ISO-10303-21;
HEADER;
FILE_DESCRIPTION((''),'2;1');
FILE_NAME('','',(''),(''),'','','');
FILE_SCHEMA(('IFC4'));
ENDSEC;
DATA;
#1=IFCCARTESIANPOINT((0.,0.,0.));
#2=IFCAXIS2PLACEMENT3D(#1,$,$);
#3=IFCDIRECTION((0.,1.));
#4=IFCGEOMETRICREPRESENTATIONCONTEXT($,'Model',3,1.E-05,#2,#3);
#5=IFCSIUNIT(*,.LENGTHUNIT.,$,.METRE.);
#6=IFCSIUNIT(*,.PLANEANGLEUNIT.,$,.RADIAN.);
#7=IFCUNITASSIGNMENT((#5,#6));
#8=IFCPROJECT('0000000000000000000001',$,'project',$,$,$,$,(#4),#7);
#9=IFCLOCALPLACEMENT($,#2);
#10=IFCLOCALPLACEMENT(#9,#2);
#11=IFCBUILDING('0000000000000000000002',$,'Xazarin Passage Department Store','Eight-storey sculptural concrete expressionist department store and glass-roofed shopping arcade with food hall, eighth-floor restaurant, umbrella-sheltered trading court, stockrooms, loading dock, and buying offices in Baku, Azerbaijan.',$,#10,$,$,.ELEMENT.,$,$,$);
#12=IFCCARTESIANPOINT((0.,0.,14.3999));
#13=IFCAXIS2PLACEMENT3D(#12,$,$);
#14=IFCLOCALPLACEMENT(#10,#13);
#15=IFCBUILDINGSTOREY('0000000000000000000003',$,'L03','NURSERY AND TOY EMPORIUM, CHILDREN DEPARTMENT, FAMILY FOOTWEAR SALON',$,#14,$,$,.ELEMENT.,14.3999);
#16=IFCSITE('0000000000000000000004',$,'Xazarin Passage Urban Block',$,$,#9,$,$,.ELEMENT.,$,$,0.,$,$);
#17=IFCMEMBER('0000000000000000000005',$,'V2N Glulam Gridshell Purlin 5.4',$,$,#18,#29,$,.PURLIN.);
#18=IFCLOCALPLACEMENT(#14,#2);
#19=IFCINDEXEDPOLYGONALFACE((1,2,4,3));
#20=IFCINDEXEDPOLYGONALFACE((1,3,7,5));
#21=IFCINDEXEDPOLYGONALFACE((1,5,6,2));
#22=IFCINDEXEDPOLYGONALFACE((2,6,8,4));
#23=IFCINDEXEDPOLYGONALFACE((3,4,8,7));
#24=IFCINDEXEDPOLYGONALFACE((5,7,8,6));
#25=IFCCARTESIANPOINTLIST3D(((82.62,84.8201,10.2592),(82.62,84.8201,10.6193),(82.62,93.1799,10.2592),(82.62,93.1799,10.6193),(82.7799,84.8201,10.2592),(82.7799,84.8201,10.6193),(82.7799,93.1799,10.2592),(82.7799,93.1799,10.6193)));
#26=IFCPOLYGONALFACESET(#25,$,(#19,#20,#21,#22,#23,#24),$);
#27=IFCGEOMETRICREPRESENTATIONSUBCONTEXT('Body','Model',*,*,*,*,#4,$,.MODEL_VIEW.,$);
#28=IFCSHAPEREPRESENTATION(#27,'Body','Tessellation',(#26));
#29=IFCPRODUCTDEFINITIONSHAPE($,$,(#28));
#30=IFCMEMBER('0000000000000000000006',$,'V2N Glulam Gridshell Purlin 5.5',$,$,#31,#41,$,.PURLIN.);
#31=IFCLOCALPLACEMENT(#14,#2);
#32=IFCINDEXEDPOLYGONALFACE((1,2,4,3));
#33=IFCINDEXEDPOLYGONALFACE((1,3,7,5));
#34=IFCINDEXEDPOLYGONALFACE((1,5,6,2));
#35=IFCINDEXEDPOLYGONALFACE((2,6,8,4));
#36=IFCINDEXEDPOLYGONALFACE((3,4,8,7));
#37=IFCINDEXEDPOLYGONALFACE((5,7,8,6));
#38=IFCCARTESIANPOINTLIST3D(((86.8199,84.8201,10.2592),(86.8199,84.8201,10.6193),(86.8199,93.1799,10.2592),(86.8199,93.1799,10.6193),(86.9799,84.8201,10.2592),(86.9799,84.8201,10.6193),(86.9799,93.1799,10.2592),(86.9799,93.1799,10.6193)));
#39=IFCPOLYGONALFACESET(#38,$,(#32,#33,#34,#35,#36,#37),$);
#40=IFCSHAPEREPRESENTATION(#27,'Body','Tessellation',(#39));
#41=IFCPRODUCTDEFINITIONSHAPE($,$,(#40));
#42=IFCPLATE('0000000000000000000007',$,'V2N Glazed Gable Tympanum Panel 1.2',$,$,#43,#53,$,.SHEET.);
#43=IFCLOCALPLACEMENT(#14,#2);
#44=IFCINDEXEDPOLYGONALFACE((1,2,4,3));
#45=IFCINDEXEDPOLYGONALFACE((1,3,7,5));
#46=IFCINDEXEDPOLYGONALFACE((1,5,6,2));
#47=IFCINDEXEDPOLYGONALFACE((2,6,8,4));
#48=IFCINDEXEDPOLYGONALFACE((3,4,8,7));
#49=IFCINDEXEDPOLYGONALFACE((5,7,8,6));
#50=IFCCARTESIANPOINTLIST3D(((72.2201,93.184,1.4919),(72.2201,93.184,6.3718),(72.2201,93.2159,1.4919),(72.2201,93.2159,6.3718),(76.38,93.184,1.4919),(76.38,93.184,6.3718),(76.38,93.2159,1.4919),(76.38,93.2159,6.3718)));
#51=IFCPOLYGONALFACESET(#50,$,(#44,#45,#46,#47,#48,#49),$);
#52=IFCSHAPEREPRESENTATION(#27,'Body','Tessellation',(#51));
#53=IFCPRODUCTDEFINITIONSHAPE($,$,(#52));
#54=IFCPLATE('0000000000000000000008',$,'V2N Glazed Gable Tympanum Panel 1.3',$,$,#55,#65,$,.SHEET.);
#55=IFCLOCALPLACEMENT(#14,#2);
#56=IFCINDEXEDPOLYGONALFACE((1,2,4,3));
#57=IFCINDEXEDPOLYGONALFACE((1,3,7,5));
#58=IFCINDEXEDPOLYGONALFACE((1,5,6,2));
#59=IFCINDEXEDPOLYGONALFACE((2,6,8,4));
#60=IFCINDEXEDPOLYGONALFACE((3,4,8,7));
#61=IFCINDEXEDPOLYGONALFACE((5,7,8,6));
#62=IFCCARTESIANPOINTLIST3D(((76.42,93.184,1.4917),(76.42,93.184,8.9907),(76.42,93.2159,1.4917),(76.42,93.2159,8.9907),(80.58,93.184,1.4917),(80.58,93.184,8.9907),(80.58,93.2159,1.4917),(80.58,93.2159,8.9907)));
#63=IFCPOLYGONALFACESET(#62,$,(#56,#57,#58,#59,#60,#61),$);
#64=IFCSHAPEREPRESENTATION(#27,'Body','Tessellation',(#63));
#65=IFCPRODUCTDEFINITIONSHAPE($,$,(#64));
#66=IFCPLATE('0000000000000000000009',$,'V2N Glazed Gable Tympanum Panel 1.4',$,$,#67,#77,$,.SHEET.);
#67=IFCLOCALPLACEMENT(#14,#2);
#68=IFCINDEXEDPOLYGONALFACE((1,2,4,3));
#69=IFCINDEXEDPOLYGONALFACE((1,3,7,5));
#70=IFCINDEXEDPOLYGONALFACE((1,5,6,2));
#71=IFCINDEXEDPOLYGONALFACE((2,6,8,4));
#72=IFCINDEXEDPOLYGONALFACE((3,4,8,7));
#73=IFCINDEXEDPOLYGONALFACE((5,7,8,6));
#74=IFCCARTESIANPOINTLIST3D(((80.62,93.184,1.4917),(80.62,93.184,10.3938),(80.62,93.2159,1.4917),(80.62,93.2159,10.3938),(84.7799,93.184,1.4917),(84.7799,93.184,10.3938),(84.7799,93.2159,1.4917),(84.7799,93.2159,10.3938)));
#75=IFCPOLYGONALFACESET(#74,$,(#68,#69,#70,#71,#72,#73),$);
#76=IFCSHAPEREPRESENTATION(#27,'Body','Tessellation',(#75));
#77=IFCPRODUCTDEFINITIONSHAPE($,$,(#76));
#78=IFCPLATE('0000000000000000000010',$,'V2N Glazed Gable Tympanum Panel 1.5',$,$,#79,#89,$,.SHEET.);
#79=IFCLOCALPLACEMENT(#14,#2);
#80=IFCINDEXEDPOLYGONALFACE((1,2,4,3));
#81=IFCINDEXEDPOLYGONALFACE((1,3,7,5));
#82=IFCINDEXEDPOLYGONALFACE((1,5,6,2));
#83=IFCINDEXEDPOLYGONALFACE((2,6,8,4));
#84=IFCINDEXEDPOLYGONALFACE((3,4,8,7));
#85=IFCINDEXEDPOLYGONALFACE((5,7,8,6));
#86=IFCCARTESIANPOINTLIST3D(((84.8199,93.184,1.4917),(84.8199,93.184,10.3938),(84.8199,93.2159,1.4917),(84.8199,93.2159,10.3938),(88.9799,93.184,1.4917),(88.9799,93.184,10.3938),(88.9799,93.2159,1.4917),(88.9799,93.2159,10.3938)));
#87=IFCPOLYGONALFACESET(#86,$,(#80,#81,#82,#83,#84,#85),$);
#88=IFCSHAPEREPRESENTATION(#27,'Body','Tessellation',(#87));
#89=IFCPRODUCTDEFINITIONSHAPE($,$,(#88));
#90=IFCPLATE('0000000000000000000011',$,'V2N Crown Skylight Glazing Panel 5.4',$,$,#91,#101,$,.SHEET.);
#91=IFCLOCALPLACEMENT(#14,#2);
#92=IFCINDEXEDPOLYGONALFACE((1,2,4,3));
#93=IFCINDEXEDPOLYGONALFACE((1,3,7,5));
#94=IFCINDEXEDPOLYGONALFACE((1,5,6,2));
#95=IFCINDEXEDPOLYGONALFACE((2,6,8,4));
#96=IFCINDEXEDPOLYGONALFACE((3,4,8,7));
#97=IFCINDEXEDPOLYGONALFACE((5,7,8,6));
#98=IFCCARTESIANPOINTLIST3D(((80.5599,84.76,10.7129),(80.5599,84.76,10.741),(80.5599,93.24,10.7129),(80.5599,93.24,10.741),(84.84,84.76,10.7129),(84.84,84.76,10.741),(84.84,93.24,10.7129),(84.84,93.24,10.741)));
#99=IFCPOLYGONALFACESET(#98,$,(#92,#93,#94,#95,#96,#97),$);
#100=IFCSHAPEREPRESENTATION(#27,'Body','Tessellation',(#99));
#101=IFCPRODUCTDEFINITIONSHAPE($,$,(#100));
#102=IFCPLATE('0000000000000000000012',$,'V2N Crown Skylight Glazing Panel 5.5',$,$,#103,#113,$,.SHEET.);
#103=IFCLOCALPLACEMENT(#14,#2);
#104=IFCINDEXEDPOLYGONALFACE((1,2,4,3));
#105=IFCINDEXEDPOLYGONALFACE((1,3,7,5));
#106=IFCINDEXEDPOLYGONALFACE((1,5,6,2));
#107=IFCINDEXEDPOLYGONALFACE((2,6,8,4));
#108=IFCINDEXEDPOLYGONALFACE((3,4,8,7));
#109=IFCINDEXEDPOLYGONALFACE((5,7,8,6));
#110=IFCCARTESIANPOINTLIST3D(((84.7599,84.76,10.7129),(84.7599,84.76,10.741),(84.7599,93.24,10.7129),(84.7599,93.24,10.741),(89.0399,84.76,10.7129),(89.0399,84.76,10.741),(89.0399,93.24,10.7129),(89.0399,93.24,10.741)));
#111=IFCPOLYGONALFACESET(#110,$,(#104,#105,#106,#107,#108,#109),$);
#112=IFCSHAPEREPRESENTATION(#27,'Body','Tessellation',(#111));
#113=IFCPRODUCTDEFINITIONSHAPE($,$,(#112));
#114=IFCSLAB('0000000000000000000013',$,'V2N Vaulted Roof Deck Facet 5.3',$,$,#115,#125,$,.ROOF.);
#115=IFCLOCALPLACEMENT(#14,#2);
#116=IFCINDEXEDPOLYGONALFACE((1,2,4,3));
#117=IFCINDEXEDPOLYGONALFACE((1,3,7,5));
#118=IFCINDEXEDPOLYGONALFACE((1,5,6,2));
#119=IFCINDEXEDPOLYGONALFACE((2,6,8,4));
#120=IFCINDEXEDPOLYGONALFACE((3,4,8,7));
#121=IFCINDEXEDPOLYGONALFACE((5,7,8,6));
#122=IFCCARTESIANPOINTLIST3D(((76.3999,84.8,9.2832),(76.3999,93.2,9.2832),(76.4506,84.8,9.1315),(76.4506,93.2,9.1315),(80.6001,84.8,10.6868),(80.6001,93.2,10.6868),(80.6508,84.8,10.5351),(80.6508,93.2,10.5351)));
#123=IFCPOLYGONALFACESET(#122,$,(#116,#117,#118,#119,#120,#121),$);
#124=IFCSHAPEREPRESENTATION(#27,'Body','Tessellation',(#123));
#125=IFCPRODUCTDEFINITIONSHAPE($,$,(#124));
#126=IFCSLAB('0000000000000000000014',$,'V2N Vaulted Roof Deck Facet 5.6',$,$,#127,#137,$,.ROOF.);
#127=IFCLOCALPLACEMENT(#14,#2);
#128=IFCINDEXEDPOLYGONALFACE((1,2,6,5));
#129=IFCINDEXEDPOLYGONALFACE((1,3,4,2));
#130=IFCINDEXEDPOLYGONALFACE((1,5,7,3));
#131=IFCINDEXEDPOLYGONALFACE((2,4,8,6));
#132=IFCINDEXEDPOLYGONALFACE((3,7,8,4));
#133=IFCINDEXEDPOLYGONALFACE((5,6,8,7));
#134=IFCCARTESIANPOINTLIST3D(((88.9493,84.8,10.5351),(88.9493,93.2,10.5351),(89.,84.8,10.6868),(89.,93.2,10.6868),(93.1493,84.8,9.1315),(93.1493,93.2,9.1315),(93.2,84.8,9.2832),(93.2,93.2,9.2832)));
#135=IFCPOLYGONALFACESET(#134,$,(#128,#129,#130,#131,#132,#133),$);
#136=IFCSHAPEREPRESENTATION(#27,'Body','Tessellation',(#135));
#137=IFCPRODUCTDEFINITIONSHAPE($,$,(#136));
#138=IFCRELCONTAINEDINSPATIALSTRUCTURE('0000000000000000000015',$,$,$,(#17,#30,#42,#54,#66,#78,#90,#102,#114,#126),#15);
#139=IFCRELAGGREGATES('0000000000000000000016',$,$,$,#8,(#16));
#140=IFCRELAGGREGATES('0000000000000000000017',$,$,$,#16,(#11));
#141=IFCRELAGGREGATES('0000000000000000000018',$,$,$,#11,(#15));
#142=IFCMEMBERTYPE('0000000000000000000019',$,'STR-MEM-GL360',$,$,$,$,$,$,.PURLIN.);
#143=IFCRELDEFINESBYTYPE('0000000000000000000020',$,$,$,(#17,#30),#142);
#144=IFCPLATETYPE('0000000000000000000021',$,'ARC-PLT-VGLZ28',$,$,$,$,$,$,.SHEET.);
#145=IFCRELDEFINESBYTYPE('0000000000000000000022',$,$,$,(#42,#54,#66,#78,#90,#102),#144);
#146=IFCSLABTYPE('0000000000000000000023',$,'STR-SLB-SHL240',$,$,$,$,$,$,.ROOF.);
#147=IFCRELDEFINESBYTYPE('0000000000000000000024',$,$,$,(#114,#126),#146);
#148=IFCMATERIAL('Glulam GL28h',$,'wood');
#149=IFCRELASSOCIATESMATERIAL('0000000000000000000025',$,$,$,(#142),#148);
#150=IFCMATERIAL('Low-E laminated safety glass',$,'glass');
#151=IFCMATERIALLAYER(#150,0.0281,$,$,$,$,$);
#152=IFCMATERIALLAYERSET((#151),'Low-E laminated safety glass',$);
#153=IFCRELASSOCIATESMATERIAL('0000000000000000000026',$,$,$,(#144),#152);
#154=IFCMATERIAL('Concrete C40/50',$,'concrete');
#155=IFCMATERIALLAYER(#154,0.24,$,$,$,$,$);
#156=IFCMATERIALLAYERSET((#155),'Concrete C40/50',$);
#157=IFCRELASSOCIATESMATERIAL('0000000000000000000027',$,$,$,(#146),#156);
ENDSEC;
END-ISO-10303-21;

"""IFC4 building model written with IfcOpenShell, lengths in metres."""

from ifc_helpers import new_model, si_unit, direction, frame, origin, origin_2d, place, context, subcontext, project, spatial, polyline, rectangle, outline, extrude, material, layer, layer_set, material_profile, profile_set, type_object, element, save


model = new_model("IFC4")

# Units and contexts
model_context = context("Model", 3, precision=1e-05, world=origin(), true_north=direction((0.0, 1.0)))
body_context = subcontext(model_context, "Body", "Model", "MODEL_VIEW")
ifc_project = project(units=[si_unit("LENGTHUNIT", "METRE"), si_unit("PLANEANGLEUNIT", "RADIAN")], contexts=[model_context])

# Site, building, storey
site_placement = place(None, origin())
site = spatial("IfcSite", under=ifc_project, at=site_placement, Name="Xazarin Passage Urban Block", CompositionType="ELEMENT", RefElevation=0.0)
building_placement = place(site_placement, origin())
building = spatial("IfcBuilding", under=site, at=building_placement, Name="Xazarin Passage Department Store", Description="Eight-storey sculptural concrete expressionist department store and glass-roofed shopping arcade with food hall, eighth-floor restaurant, umbrella-sheltered trading court, stockrooms, loading dock, and buying offices in Baku, Azerbaijan.", CompositionType="ELEMENT")
storey_placement = place(building_placement, frame((0.0, 0.0, 14.3999)))
storey = spatial("IfcBuildingStorey", under=building, at=storey_placement, Name="L03", Description="NURSERY AND TOY EMPORIUM, CHILDREN DEPARTMENT, FAMILY FOOTWEAR SALON", CompositionType="ELEMENT", Elevation=14.3999)

# Members
ifc_material_1 = material(Name="Glulam GL28h", Category="wood")
ifc_material_profile_1 = material_profile(ifc_material_1, rectangle(XDim=0.1599, YDim=0.3601, at=origin_2d()), Name="GL28h 160x360")
ifc_profile_set_1 = profile_set([ifc_material_profile_1], Name="Glulam GL28h")
member_type_1 = type_object("IfcMemberType", Name="STR-MEM-GL360", PredefinedType="PURLIN", material=ifc_profile_set_1)
for number, where, z_axis, x_axis, name in (
    (1, (82.7, 84.8201, 10.4392), (0.0, 1.0, 0.0), (-1.0, 0.0, 0.0), "V2N Glulam Gridshell Purlin 5.4"),
    (2, (86.8999, 84.8201, 10.4392), (0.0, 1.0, 0.0), (-1.0, 0.0, 0.0), "V2N Glulam Gridshell Purlin 5.5"),
):
    element("IfcMember", number, at=place(storey_placement, frame(where, z_axis=z_axis, x_axis=x_axis)), inside=storey, type_object=member_type_1, Name=name, PredefinedType="PURLIN", context=body_context, shape_type="SweptSolid", body=[
        extrude(rectangle(XDim=0.1599, YDim=0.3601, at=origin_2d()), origin(), (0.0, 0.0, 1.0), 8.3599),
    ])

# Plates
ifc_material_2 = material(Name="Low-E laminated safety glass", Category="glass")
ifc_layer_1 = layer(ifc_material_2, 0.0281)
ifc_layer_set_1 = layer_set([ifc_layer_1], Name="Low-E laminated safety glass")
plate_type = type_object("IfcPlateType", Name="ARC-PLT-VGLZ28", PredefinedType="SHEET", material=ifc_layer_set_1)
plate_1_placement = place(storey_placement, frame((74.3, 93.2, 1.4919), z_axis=(0.0, 0.0, 1.0), x_axis=(1.0, 0.0, 0.0)))
element("IfcPlate", 3, at=plate_1_placement, inside=storey, type_object=plate_type, Name="V2N Glazed Gable Tympanum Panel 1.2", PredefinedType="SHEET", context=body_context, shape_type="SweptSolid", body=[
    extrude(rectangle(XDim=4.1599, YDim=0.032, at=origin_2d()), origin(), (0.0, 0.0, 1.0), 4.8799),
])
plate_2_placement = place(storey_placement, frame((78.5, 93.2, 1.4917), z_axis=(0.0, 0.0, 1.0), x_axis=(1.0, 0.0, 0.0)))
element("IfcPlate", 4, at=plate_2_placement, inside=storey, type_object=plate_type, Name="V2N Glazed Gable Tympanum Panel 1.3", PredefinedType="SHEET", context=body_context, shape_type="SweptSolid", body=[
    extrude(rectangle(XDim=4.1599, YDim=0.032, at=origin_2d()), origin(), (0.0, 0.0, 1.0), 7.499),
])
for number, where, z_axis, x_axis, name in (
    (5, (82.7, 93.2, 1.4917), (0.0, 0.0, 1.0), (1.0, 0.0, 0.0), "V2N Glazed Gable Tympanum Panel 1.4"),
    (6, (86.8999, 93.2, 1.4917), (0.0, 0.0, 1.0), (1.0, 0.0, 0.0), "V2N Glazed Gable Tympanum Panel 1.5"),
):
    element("IfcPlate", number, at=place(storey_placement, frame(where, z_axis=z_axis, x_axis=x_axis)), inside=storey, type_object=plate_type, Name=name, PredefinedType="SHEET", context=body_context, shape_type="SweptSolid", body=[
        extrude(rectangle(XDim=4.1599, YDim=0.032, at=origin_2d()), origin(), (0.0, 0.0, 1.0), 8.9021),
    ])
for number, where, z_axis, x_axis, name in (
    (7, (82.7, 89.0, 10.7129), (0.0, 0.0, 1.0), (1.0, 0.0, 0.0), "V2N Crown Skylight Glazing Panel 5.4"),
    (8, (86.8999, 89.0, 10.7129), (0.0, 0.0, 1.0), (1.0, 0.0, 0.0), "V2N Crown Skylight Glazing Panel 5.5"),
):
    element("IfcPlate", number, at=place(storey_placement, frame(where, z_axis=z_axis, x_axis=x_axis)), inside=storey, type_object=plate_type, Name=name, PredefinedType="SHEET", context=body_context, shape_type="SweptSolid", body=[
        extrude(rectangle(XDim=4.28, YDim=8.48, at=origin_2d()), origin(), (0.0, 0.0, 1.0), 0.0281),
    ])

# Slabs
ifc_material_3 = material(Name="Concrete C40/50", Category="concrete")
ifc_layer_2 = layer(ifc_material_3, 0.24)
ifc_layer_set_2 = layer_set([ifc_layer_2], Name="Concrete C40/50")
slab_type = type_object("IfcSlabType", Name="STR-SLB-SHL240", PredefinedType="ROOF", material=ifc_layer_set_2)
slab_1_placement = place(storey_placement, frame((76.3999, 84.8, 9.2832), z_axis=(-0.316939, 0.0, 0.948446), x_axis=(0.948446, 0.0, 0.316939)))
element("IfcSlab", 9, at=slab_1_placement, inside=storey, type_object=slab_type, Name="V2N Vaulted Roof Deck Facet 5.3", PredefinedType="ROOF", context=body_context, shape_type="SweptSolid", body=[
    extrude(outline(polyline([(0.0, 0.0), (4.4285, 0.0), (4.4285, 8.3999), (0.0, 8.3999), (0.0, 0.0)])), origin(), (0.0, 0.0, -1.0), 0.1599),
])
slab_2_placement = place(storey_placement, frame((89.0, 84.8, 10.6868), z_axis=(0.316955, 0.0, 0.94844), x_axis=(0.94844, 0.0, -0.316955)))
element("IfcSlab", 10, at=slab_2_placement, inside=storey, type_object=slab_type, Name="V2N Vaulted Roof Deck Facet 5.6", PredefinedType="ROOF", context=body_context, shape_type="SweptSolid", body=[
    extrude(outline(polyline([(0.0, 0.0), (4.4283, 0.0), (4.4283, 8.3999), (0.0, 8.3999), (0.0, 0.0)])), origin(), (0.0, 0.0, -1.0), 0.1599),
])

save(model, "model.ifc")
